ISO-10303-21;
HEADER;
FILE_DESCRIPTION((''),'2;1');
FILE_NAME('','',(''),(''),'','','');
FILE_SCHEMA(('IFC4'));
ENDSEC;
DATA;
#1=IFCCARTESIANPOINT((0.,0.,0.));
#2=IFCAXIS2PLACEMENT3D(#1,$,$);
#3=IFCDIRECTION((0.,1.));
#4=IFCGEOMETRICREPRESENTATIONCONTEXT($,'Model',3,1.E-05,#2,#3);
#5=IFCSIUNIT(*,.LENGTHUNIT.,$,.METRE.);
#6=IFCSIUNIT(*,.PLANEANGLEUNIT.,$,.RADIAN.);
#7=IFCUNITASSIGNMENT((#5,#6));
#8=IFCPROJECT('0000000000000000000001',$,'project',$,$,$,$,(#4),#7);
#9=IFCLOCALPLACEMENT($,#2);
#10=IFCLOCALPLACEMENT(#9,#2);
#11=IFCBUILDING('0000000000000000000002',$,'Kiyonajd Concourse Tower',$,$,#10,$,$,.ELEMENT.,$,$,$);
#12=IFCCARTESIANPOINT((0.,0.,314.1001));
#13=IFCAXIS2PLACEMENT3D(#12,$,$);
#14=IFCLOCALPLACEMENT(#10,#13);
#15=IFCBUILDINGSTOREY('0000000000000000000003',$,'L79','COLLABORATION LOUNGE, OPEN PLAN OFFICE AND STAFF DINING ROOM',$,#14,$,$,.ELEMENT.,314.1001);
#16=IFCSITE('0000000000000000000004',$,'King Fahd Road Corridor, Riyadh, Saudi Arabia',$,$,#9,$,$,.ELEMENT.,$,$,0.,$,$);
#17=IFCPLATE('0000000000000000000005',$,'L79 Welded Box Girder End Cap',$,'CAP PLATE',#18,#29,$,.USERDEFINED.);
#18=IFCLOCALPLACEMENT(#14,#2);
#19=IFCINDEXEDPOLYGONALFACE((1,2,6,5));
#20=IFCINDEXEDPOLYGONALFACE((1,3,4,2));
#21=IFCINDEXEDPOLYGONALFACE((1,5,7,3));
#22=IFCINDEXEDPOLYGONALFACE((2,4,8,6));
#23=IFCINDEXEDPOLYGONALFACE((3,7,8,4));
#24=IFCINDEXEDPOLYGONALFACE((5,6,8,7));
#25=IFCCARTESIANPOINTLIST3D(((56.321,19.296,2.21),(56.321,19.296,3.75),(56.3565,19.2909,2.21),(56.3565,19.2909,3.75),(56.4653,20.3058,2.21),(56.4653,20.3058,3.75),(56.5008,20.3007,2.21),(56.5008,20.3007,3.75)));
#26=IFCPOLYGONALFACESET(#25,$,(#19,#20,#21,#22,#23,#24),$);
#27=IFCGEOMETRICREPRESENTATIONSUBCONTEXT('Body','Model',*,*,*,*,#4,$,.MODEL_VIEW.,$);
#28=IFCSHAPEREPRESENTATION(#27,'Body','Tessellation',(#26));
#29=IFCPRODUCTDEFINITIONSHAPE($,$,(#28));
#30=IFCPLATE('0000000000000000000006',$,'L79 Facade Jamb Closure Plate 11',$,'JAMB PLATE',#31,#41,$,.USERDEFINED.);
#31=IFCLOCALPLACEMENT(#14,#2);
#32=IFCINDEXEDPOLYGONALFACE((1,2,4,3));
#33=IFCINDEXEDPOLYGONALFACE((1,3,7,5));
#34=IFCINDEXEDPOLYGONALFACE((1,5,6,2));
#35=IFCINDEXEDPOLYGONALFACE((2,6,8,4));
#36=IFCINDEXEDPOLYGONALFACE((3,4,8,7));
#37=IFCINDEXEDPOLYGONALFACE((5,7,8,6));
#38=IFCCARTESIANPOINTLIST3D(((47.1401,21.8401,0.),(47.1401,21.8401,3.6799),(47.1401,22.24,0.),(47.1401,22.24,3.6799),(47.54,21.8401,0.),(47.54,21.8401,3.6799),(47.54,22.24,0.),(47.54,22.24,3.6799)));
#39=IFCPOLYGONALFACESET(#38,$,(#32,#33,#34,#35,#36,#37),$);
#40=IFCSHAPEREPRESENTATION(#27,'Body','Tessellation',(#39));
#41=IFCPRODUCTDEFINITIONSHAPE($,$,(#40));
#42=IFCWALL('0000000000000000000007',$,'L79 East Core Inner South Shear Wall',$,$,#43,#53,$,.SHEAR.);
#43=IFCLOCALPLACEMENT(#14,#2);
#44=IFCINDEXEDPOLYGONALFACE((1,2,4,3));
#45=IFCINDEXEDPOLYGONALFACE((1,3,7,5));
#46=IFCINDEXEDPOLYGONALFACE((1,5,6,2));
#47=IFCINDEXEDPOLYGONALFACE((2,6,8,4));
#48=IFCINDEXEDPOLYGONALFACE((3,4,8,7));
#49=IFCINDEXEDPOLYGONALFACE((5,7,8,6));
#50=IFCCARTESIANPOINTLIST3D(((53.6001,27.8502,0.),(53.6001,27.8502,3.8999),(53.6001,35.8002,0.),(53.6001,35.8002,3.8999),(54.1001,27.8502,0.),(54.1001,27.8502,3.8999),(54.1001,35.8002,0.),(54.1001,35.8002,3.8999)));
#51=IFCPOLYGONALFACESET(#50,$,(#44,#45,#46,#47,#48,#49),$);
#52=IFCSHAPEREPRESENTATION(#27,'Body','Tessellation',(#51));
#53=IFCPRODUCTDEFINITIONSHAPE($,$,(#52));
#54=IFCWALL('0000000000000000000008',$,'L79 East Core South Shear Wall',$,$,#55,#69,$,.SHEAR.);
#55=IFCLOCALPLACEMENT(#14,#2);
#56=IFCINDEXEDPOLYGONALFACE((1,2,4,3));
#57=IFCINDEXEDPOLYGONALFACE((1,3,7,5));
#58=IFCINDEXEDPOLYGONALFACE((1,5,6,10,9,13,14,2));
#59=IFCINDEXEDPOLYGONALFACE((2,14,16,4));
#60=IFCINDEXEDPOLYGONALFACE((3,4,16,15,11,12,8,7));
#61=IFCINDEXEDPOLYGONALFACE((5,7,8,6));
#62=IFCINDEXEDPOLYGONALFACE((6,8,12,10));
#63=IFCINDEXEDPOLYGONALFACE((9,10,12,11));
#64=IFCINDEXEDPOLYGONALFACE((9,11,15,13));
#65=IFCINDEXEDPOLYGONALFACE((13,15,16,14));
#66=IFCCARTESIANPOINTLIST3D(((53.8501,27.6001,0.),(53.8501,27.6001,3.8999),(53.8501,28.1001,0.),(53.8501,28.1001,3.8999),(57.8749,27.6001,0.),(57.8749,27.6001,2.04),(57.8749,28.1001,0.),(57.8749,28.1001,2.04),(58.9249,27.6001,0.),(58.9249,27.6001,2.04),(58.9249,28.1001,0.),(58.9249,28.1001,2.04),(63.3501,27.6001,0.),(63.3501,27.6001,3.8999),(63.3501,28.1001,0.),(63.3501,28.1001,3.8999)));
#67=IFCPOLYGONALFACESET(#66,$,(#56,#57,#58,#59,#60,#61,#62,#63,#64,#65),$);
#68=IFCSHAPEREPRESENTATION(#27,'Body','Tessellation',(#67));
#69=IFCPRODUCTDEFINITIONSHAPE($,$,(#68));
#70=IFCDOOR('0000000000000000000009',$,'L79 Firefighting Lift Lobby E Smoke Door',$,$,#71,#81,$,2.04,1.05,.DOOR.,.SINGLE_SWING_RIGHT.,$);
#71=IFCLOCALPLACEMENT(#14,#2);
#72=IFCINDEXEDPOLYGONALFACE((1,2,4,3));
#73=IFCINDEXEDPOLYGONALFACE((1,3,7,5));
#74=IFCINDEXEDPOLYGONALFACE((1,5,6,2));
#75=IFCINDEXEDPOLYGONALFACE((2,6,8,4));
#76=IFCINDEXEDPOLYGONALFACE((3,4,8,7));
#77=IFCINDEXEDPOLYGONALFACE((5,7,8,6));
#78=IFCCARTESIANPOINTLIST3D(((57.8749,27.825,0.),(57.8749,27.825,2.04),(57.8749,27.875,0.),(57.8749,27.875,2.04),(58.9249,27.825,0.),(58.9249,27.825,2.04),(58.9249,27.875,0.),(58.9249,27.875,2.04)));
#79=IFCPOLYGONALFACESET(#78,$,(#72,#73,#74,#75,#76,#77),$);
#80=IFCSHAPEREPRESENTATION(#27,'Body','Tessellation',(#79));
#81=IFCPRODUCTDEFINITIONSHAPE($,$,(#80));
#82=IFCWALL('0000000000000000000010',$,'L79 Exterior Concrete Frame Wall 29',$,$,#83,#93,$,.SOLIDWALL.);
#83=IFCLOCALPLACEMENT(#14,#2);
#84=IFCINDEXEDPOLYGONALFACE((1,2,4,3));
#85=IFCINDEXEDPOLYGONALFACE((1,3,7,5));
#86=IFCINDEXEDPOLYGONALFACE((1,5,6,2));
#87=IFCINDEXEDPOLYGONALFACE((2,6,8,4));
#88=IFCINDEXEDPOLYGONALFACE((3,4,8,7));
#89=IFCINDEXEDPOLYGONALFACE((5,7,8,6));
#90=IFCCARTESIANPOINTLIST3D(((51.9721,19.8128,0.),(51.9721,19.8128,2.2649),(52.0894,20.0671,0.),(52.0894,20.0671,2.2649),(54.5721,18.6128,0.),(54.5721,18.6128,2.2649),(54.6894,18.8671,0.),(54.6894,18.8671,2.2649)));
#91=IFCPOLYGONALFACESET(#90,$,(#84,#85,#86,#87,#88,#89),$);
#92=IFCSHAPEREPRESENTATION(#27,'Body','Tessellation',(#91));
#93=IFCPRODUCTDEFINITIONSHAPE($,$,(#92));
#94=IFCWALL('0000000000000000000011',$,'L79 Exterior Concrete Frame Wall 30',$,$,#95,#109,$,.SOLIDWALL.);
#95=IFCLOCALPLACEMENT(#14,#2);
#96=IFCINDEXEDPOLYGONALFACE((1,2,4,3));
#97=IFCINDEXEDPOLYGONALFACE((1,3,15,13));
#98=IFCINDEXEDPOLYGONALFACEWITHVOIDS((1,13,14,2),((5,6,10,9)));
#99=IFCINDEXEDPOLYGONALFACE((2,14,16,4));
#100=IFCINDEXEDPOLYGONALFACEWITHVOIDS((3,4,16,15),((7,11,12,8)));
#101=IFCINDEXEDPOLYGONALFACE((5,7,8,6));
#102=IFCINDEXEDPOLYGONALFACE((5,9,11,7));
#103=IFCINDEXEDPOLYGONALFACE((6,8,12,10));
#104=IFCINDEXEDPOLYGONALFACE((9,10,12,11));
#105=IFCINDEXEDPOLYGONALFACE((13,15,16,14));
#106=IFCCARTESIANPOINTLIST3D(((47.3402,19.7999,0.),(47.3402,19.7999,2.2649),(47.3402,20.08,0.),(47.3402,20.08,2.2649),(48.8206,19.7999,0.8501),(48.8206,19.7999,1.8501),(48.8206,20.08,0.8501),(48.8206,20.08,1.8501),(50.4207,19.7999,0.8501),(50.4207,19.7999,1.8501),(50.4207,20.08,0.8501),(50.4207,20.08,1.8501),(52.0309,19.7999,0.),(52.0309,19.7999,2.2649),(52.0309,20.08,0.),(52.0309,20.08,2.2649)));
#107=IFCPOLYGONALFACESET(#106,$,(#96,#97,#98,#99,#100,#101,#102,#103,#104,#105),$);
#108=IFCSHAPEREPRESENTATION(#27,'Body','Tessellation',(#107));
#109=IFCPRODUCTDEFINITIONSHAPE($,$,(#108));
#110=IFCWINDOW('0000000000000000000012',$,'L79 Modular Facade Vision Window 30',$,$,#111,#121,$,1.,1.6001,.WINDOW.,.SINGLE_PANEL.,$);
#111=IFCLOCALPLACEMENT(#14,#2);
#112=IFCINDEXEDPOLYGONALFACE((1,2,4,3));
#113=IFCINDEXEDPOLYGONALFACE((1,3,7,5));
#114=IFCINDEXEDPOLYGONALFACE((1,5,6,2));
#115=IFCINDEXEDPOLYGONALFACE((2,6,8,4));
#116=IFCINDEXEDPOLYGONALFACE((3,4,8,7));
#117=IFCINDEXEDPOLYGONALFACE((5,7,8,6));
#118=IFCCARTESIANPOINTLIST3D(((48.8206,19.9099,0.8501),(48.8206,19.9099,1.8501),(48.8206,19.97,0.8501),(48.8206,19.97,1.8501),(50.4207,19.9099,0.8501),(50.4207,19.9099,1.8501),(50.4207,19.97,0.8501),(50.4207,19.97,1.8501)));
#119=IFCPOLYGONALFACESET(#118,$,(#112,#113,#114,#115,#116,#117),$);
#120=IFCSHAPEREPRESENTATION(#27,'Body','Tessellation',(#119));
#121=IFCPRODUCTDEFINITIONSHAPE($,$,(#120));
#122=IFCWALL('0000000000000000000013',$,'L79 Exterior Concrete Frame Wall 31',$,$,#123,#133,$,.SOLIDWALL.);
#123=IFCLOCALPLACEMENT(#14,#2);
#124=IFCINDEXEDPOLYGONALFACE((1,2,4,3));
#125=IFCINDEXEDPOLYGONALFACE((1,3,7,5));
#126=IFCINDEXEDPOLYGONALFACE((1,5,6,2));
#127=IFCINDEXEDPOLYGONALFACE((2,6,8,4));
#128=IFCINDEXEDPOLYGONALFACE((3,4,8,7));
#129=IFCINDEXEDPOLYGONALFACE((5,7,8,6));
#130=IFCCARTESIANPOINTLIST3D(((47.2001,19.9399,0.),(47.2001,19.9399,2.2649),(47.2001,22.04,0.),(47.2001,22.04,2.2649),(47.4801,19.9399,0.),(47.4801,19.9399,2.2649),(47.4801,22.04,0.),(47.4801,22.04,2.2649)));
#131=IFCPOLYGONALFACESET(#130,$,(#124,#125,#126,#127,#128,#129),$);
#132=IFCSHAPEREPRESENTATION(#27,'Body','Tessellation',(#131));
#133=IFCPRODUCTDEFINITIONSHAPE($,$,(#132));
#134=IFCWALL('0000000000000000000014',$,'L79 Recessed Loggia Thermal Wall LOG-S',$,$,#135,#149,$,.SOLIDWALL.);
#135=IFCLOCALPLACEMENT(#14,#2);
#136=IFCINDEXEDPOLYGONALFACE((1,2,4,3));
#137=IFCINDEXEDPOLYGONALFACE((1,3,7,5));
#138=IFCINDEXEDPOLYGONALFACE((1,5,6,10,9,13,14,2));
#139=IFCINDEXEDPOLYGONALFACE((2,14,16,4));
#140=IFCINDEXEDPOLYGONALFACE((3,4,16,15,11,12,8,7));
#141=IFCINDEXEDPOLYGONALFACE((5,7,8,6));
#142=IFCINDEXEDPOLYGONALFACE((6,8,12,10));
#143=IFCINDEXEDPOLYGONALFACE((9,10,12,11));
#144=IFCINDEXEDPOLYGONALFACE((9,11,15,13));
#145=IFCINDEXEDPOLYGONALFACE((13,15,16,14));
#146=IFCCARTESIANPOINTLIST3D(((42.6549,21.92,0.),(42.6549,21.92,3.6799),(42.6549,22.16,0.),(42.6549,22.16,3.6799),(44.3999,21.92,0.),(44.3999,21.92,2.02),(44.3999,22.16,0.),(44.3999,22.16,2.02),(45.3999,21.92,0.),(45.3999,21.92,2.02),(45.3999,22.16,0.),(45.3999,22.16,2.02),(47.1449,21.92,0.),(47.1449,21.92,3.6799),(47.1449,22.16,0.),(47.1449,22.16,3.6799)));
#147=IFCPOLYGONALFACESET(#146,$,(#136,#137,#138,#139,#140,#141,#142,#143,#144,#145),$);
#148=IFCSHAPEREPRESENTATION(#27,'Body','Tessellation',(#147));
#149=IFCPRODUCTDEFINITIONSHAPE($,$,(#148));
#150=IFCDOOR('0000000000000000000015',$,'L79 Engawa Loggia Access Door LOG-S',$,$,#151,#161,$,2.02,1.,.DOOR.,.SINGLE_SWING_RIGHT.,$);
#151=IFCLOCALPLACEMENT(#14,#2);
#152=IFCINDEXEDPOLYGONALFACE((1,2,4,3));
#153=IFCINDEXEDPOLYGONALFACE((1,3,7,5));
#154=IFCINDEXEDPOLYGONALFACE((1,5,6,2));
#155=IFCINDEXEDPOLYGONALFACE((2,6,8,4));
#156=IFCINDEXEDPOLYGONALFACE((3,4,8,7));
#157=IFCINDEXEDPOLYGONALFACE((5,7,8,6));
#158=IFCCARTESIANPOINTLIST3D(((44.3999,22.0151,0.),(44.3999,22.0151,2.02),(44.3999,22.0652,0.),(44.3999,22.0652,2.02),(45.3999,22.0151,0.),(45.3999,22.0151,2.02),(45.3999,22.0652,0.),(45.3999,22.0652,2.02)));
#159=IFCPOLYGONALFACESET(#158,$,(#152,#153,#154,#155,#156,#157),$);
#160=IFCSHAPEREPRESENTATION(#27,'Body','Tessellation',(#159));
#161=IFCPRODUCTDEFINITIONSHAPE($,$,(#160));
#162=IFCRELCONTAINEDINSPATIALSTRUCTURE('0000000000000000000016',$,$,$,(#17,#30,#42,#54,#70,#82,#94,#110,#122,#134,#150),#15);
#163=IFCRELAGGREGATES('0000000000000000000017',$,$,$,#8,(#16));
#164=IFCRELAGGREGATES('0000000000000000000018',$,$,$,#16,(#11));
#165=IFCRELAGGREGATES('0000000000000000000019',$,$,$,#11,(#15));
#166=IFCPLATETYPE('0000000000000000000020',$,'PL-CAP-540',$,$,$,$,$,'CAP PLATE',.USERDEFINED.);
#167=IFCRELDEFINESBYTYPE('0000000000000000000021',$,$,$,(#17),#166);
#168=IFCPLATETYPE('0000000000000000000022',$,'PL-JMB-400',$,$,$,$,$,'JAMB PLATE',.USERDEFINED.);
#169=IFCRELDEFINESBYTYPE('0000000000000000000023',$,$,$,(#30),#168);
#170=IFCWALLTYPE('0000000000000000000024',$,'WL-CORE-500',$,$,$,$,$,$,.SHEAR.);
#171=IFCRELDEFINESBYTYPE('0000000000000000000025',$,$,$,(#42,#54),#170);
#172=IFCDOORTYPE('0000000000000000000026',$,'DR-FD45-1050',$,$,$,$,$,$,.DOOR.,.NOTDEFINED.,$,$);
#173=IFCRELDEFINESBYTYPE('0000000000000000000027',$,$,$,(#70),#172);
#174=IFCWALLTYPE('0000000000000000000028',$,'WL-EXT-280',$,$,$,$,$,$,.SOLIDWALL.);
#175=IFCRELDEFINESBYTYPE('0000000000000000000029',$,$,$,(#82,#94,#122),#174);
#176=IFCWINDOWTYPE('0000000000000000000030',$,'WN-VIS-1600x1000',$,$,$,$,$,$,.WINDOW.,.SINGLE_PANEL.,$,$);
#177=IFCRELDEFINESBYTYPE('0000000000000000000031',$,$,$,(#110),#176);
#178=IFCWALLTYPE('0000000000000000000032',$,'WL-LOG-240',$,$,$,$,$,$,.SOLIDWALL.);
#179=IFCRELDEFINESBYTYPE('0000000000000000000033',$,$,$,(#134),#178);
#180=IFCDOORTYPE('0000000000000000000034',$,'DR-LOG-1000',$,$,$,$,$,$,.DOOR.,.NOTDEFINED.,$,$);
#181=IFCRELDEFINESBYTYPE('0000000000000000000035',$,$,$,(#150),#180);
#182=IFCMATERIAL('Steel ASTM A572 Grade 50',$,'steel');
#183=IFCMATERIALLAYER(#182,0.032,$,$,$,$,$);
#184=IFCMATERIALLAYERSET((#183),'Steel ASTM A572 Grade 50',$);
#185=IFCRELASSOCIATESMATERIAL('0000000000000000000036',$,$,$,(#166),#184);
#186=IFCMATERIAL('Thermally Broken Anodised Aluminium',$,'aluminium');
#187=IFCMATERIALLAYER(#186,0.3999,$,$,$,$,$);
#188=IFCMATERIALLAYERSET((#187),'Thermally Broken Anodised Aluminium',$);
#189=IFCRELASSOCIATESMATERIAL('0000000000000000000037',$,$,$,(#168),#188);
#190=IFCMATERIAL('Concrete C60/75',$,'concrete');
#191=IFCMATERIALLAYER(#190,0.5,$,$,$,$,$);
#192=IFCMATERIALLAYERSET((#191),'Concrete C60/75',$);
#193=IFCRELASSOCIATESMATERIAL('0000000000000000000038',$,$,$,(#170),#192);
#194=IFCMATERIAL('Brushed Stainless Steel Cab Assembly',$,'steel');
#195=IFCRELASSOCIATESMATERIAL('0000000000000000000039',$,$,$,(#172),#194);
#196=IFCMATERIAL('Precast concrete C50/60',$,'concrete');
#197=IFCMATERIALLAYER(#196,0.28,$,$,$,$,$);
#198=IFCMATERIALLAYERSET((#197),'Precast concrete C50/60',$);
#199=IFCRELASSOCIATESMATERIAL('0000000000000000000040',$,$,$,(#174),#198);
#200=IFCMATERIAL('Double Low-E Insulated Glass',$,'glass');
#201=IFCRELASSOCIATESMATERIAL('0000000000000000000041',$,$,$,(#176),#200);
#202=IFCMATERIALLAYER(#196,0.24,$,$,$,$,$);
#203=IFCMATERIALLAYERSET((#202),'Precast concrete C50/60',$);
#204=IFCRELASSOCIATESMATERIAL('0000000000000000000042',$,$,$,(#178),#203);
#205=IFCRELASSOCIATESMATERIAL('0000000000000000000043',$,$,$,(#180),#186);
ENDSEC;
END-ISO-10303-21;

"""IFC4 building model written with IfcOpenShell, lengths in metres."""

from ifc_helpers import new_model, si_unit, direction, frame, frame_2d, origin, origin_2d, place, context, subcontext, project, spatial, rectangle, extrude, material, layer, layer_set, type_object, element, fill, save


model = new_model("IFC4")

# Units and contexts
model_context = context("Model", 3, precision=1e-05, world=origin(), true_north=direction((0.0, 1.0)))
body_context = subcontext(model_context, "Body", "Model", "MODEL_VIEW")
ifc_project = project(units=[si_unit("LENGTHUNIT", "METRE"), si_unit("PLANEANGLEUNIT", "RADIAN")], contexts=[model_context])

# Site, building, storey
site_placement = place(None, origin())
site = spatial("IfcSite", under=ifc_project, at=site_placement, Name="King Fahd Road Corridor, Riyadh, Saudi Arabia", CompositionType="ELEMENT", RefElevation=0.0)
building_placement = place(site_placement, origin())
building = spatial("IfcBuilding", under=site, at=building_placement, Name="Kiyonajd Concourse Tower", CompositionType="ELEMENT")
storey_placement = place(building_placement, frame((0.0, 0.0, 314.1001)))
storey = spatial("IfcBuildingStorey", under=building, at=storey_placement, Name="L79", Description="COLLABORATION LOUNGE, OPEN PLAN OFFICE AND STAFF DINING ROOM", CompositionType="ELEMENT", Elevation=314.1001)

# Shared definitions
ifc_material_1 = material(Name="Concrete C60/75", Category="concrete")

# Shared definitions
ifc_material_2 = material(Name="Steel ASTM A572 Grade 50", Category="steel")

# Plates
ifc_layer_1 = layer(ifc_material_2, 0.032)
ifc_layer_set_1 = layer_set([ifc_layer_1], Name="Steel ASTM A572 Grade 50")
plate_type_1 = type_object("IfcPlateType", Name="PL-CAP-540", ElementType="CAP PLATE", PredefinedType="USERDEFINED", material=ifc_layer_set_1)
for number, where, z_axis, x_axis, name in (
    (1, (56.4109, 19.7983, 2.21), (0.0, 0.0, 1.0), (0.98995, -0.14142, 0.0), "L79 Welded Box Girder End Cap"),
):
    element("IfcPlate", number, at=place(storey_placement, frame(where, z_axis=z_axis, x_axis=x_axis)), inside=storey, type_object=plate_type_1, Name=name, ObjectType="CAP PLATE", PredefinedType="USERDEFINED", context=body_context, shape_type="SweptSolid", body=[
        extrude(rectangle(XDim=0.0359, YDim=1.02, at=origin_2d()), origin(), (0.0, 0.0, 1.0), 1.54),
    ])
ifc_material_3 = material(Name="Thermally Broken Anodised Aluminium", Category="aluminium")
ifc_layer_2 = layer(ifc_material_3, 0.3999)
ifc_layer_set_2 = layer_set([ifc_layer_2], Name="Thermally Broken Anodised Aluminium")
plate_type_2 = type_object("IfcPlateType", Name="PL-JMB-400", ElementType="JAMB PLATE", PredefinedType="USERDEFINED", material=ifc_layer_set_2)
plate_placement = place(storey_placement, frame((47.3401, 22.04, 0.0), z_axis=(0.0, 0.0, 1.0), x_axis=(1.0, 0.0, 0.0)))
element("IfcPlate", 2, at=plate_placement, inside=storey, type_object=plate_type_2, Name="L79 Facade Jamb Closure Plate 11", ObjectType="JAMB PLATE", PredefinedType="USERDEFINED", context=body_context, shape_type="SweptSolid", body=[
    extrude(rectangle(XDim=0.3999, YDim=0.3999, at=origin_2d()), origin(), (0.0, 0.0, 1.0), 3.6799),
])

# Wall
ifc_layer_3 = layer(ifc_material_1, 0.5)
ifc_layer_set_3 = layer_set([ifc_layer_3], Name="Concrete C60/75")
wall_type_1 = type_object("IfcWallType", Name="WL-CORE-500", PredefinedType="SHEAR", material=ifc_layer_set_3)
wall_1_placement = place(storey_placement, frame((53.8501, 27.8501, 0.0), z_axis=(0.0, 0.0, 1.0), x_axis=(0.0, 1.0, 0.0)))
element("IfcWall", 3, at=wall_1_placement, inside=storey, type_object=wall_type_1, Name="L79 East Core Inner South Shear Wall", PredefinedType="SHEAR", context=body_context, shape_type="SweptSolid", body=[
    extrude(rectangle(XDim=7.95, YDim=0.5, at=frame_2d((3.9751, 0.0))), origin(), (0.0, 0.0, 1.0), 3.8999),
])

# Wall, opening, door
wall_2_placement = place(storey_placement, frame((53.8501, 27.8501, 0.0), z_axis=(0.0, 0.0, 1.0), x_axis=(1.0, 0.0, 0.0)))
wall_2 = element("IfcWall", 4, at=wall_2_placement, inside=storey, type_object=wall_type_1, Name="L79 East Core South Shear Wall", PredefinedType="SHEAR", context=body_context, shape_type="SweptSolid", body=[
    extrude(rectangle(XDim=9.5, YDim=0.5, at=frame_2d((4.75, 0.0))), origin(), (0.0, 0.0, 1.0), 3.8999),
])
opening_1_placement = place(wall_2_placement, frame((4.0249, 0.0, 0.0)))
opening_1 = element("IfcOpeningElement", 5, at=opening_1_placement, cuts=wall_2, PredefinedType="OPENING", context=body_context, shape_type="SweptSolid", body=[
    extrude(rectangle(XDim=1.05, YDim=2.04, at=frame_2d((0.5249, 1.02))), frame((0.0, 0.26, 0.0), z_axis=(0.0, -1.0, 0.0), x_axis=(1.0, 0.0, 0.0)), (0.0, 0.0, 1.0), 0.52),
])
ifc_material_4 = material(Name="Brushed Stainless Steel Cab Assembly", Category="steel")
door_type_1 = type_object("IfcDoorType", Name="DR-FD45-1050", OperationType="NOTDEFINED", PredefinedType="DOOR", material=ifc_material_4)
door_1_placement = place(opening_1_placement, origin())
door_1 = element("IfcDoor", 6, at=door_1_placement, inside=storey, type_object=door_type_1, Name="L79 Firefighting Lift Lobby E Smoke Door", OperationType="SINGLE_SWING_RIGHT", OverallHeight=2.04, OverallWidth=1.05, PredefinedType="DOOR", context=body_context, shape_type="SweptSolid", body=[
    extrude(rectangle(XDim=1.05, YDim=2.04, at=frame_2d((0.5249, 1.02))), frame((0.0, 0.0249, 0.0), z_axis=(0.0, -1.0, 0.0), x_axis=(1.0, 0.0, 0.0)), (0.0, 0.0, 1.0), 0.05),
])
fill(opening_1, door_1)

# Wall
ifc_material_5 = material(Name="Precast concrete C50/60", Category="concrete")
ifc_layer_4 = layer(ifc_material_5, 0.28)
ifc_layer_set_4 = layer_set([ifc_layer_4], Name="Precast concrete C50/60")
wall_type_2 = type_object("IfcWallType", Name="WL-EXT-280", PredefinedType="SOLIDWALL", material=ifc_layer_set_4)
wall_3_placement = place(storey_placement, frame((54.6306, 18.74, 0.0), z_axis=(0.0, 0.0, 1.0), x_axis=(-0.907957, 0.419064, 0.0)))
element("IfcWall", 7, at=wall_3_placement, inside=storey, type_object=wall_type_2, Name="L79 Exterior Concrete Frame Wall 29", PredefinedType="SOLIDWALL", context=body_context, shape_type="SweptSolid", body=[
    extrude(rectangle(XDim=2.8635, YDim=0.28, at=frame_2d((1.4316, 0.0))), origin(), (0.0, 0.0, 1.0), 2.2649),
])

# Wall, opening, window
wall_4_placement = place(storey_placement, frame((52.0308, 19.9399, 0.0), z_axis=(0.0, 0.0, 1.0), x_axis=(-1.0, 0.0, 0.0)))
wall_4 = element("IfcWall", 8, at=wall_4_placement, inside=storey, type_object=wall_type_2, Name="L79 Exterior Concrete Frame Wall 30", PredefinedType="SOLIDWALL", context=body_context, shape_type="SweptSolid", body=[
    extrude(rectangle(XDim=4.6907, YDim=0.28, at=frame_2d((2.3452, 0.0))), origin(), (0.0, 0.0, 1.0), 2.2649),
])
opening_2_placement = place(wall_4_placement, frame((1.6101, 0.0, 0.8501)))
opening_2 = element("IfcOpeningElement", 9, at=opening_2_placement, cuts=wall_4, PredefinedType="OPENING", context=body_context, shape_type="SweptSolid", body=[
    extrude(rectangle(XDim=1.6001, YDim=1.0, at=frame_2d((0.8, 0.5))), frame((0.0, 0.1499, 0.0), z_axis=(0.0, -1.0, 0.0), x_axis=(1.0, 0.0, 0.0)), (0.0, 0.0, 1.0), 0.3),
])
ifc_material_6 = material(Name="Double Low-E Insulated Glass", Category="glass")
window_type = type_object("IfcWindowType", Name="WN-VIS-1600x1000", PartitioningType="SINGLE_PANEL", PredefinedType="WINDOW", material=ifc_material_6)
window_placement = place(opening_2_placement, origin())
window = element("IfcWindow", 10, at=window_placement, inside=storey, type_object=window_type, Name="L79 Modular Facade Vision Window 30", OverallHeight=1.0, OverallWidth=1.6001, PartitioningType="SINGLE_PANEL", PredefinedType="WINDOW", context=body_context, shape_type="SweptSolid", body=[
    extrude(rectangle(XDim=1.6001, YDim=1.0, at=frame_2d((0.8, 0.5))), frame((0.0, 0.03, 0.0), z_axis=(0.0, -1.0, 0.0), x_axis=(1.0, 0.0, 0.0)), (0.0, 0.0, 1.0), 0.0601),
])
fill(opening_2, window)

# Wall
wall_5_placement = place(storey_placement, frame((47.3401, 19.9399, 0.0), z_axis=(0.0, 0.0, 1.0), x_axis=(0.0, 1.0, 0.0)))
element("IfcWall", 11, at=wall_5_placement, inside=storey, type_object=wall_type_2, Name="L79 Exterior Concrete Frame Wall 31", PredefinedType="SOLIDWALL", context=body_context, shape_type="SweptSolid", body=[
    extrude(rectangle(XDim=2.1001, YDim=0.28, at=frame_2d((1.05, 0.0))), origin(), (0.0, 0.0, 1.0), 2.2649),
])

# Wall, opening, door
ifc_layer_5 = layer(ifc_material_5, 0.24)
ifc_layer_set_5 = layer_set([ifc_layer_5], Name="Precast concrete C50/60")
wall_type_3 = type_object("IfcWallType", Name="WL-LOG-240", PredefinedType="SOLIDWALL", material=ifc_layer_set_5)
wall_6_placement = place(storey_placement, frame((47.145, 22.04, 0.0), z_axis=(0.0, 0.0, 1.0), x_axis=(-1.0, 0.0, 0.0)))
wall_6 = element("IfcWall", 12, at=wall_6_placement, inside=storey, type_object=wall_type_3, Name="L79 Recessed Loggia Thermal Wall LOG-S", PredefinedType="SOLIDWALL", context=body_context, shape_type="SweptSolid", body=[
    extrude(rectangle(XDim=4.49, YDim=0.24, at=frame_2d((2.2451, 0.0))), origin(), (0.0, 0.0, 1.0), 3.6799),
])
opening_3_placement = place(wall_6_placement, frame((1.7451, 0.0, 0.0)))
opening_3 = element("IfcOpeningElement", 13, at=opening_3_placement, cuts=wall_6, PredefinedType="OPENING", context=body_context, shape_type="SweptSolid", body=[
    extrude(rectangle(XDim=1.0, YDim=2.02, at=frame_2d((0.5, 1.01))), frame((0.0, 0.1299, 0.0), z_axis=(0.0, -1.0, 0.0), x_axis=(1.0, 0.0, 0.0)), (0.0, 0.0, 1.0), 0.26),
])
door_type_2 = type_object("IfcDoorType", Name="DR-LOG-1000", OperationType="NOTDEFINED", PredefinedType="DOOR", material=ifc_material_3)
door_2_placement = place(opening_3_placement, origin())
door_2 = element("IfcDoor", 14, at=door_2_placement, inside=storey, type_object=door_type_2, Name="L79 Engawa Loggia Access Door LOG-S", OperationType="SINGLE_SWING_RIGHT", OverallHeight=2.02, OverallWidth=1.0, PredefinedType="DOOR", context=body_context, shape_type="SweptSolid", body=[
    extrude(rectangle(XDim=1.0, YDim=2.02, at=frame_2d((0.5, 1.01))), frame((0.0, 0.0249, 0.0), z_axis=(0.0, -1.0, 0.0), x_axis=(1.0, 0.0, 0.0)), (0.0, 0.0, 1.0), 0.05),
])
fill(opening_3, door_2)

save(model, "model.ifc")
